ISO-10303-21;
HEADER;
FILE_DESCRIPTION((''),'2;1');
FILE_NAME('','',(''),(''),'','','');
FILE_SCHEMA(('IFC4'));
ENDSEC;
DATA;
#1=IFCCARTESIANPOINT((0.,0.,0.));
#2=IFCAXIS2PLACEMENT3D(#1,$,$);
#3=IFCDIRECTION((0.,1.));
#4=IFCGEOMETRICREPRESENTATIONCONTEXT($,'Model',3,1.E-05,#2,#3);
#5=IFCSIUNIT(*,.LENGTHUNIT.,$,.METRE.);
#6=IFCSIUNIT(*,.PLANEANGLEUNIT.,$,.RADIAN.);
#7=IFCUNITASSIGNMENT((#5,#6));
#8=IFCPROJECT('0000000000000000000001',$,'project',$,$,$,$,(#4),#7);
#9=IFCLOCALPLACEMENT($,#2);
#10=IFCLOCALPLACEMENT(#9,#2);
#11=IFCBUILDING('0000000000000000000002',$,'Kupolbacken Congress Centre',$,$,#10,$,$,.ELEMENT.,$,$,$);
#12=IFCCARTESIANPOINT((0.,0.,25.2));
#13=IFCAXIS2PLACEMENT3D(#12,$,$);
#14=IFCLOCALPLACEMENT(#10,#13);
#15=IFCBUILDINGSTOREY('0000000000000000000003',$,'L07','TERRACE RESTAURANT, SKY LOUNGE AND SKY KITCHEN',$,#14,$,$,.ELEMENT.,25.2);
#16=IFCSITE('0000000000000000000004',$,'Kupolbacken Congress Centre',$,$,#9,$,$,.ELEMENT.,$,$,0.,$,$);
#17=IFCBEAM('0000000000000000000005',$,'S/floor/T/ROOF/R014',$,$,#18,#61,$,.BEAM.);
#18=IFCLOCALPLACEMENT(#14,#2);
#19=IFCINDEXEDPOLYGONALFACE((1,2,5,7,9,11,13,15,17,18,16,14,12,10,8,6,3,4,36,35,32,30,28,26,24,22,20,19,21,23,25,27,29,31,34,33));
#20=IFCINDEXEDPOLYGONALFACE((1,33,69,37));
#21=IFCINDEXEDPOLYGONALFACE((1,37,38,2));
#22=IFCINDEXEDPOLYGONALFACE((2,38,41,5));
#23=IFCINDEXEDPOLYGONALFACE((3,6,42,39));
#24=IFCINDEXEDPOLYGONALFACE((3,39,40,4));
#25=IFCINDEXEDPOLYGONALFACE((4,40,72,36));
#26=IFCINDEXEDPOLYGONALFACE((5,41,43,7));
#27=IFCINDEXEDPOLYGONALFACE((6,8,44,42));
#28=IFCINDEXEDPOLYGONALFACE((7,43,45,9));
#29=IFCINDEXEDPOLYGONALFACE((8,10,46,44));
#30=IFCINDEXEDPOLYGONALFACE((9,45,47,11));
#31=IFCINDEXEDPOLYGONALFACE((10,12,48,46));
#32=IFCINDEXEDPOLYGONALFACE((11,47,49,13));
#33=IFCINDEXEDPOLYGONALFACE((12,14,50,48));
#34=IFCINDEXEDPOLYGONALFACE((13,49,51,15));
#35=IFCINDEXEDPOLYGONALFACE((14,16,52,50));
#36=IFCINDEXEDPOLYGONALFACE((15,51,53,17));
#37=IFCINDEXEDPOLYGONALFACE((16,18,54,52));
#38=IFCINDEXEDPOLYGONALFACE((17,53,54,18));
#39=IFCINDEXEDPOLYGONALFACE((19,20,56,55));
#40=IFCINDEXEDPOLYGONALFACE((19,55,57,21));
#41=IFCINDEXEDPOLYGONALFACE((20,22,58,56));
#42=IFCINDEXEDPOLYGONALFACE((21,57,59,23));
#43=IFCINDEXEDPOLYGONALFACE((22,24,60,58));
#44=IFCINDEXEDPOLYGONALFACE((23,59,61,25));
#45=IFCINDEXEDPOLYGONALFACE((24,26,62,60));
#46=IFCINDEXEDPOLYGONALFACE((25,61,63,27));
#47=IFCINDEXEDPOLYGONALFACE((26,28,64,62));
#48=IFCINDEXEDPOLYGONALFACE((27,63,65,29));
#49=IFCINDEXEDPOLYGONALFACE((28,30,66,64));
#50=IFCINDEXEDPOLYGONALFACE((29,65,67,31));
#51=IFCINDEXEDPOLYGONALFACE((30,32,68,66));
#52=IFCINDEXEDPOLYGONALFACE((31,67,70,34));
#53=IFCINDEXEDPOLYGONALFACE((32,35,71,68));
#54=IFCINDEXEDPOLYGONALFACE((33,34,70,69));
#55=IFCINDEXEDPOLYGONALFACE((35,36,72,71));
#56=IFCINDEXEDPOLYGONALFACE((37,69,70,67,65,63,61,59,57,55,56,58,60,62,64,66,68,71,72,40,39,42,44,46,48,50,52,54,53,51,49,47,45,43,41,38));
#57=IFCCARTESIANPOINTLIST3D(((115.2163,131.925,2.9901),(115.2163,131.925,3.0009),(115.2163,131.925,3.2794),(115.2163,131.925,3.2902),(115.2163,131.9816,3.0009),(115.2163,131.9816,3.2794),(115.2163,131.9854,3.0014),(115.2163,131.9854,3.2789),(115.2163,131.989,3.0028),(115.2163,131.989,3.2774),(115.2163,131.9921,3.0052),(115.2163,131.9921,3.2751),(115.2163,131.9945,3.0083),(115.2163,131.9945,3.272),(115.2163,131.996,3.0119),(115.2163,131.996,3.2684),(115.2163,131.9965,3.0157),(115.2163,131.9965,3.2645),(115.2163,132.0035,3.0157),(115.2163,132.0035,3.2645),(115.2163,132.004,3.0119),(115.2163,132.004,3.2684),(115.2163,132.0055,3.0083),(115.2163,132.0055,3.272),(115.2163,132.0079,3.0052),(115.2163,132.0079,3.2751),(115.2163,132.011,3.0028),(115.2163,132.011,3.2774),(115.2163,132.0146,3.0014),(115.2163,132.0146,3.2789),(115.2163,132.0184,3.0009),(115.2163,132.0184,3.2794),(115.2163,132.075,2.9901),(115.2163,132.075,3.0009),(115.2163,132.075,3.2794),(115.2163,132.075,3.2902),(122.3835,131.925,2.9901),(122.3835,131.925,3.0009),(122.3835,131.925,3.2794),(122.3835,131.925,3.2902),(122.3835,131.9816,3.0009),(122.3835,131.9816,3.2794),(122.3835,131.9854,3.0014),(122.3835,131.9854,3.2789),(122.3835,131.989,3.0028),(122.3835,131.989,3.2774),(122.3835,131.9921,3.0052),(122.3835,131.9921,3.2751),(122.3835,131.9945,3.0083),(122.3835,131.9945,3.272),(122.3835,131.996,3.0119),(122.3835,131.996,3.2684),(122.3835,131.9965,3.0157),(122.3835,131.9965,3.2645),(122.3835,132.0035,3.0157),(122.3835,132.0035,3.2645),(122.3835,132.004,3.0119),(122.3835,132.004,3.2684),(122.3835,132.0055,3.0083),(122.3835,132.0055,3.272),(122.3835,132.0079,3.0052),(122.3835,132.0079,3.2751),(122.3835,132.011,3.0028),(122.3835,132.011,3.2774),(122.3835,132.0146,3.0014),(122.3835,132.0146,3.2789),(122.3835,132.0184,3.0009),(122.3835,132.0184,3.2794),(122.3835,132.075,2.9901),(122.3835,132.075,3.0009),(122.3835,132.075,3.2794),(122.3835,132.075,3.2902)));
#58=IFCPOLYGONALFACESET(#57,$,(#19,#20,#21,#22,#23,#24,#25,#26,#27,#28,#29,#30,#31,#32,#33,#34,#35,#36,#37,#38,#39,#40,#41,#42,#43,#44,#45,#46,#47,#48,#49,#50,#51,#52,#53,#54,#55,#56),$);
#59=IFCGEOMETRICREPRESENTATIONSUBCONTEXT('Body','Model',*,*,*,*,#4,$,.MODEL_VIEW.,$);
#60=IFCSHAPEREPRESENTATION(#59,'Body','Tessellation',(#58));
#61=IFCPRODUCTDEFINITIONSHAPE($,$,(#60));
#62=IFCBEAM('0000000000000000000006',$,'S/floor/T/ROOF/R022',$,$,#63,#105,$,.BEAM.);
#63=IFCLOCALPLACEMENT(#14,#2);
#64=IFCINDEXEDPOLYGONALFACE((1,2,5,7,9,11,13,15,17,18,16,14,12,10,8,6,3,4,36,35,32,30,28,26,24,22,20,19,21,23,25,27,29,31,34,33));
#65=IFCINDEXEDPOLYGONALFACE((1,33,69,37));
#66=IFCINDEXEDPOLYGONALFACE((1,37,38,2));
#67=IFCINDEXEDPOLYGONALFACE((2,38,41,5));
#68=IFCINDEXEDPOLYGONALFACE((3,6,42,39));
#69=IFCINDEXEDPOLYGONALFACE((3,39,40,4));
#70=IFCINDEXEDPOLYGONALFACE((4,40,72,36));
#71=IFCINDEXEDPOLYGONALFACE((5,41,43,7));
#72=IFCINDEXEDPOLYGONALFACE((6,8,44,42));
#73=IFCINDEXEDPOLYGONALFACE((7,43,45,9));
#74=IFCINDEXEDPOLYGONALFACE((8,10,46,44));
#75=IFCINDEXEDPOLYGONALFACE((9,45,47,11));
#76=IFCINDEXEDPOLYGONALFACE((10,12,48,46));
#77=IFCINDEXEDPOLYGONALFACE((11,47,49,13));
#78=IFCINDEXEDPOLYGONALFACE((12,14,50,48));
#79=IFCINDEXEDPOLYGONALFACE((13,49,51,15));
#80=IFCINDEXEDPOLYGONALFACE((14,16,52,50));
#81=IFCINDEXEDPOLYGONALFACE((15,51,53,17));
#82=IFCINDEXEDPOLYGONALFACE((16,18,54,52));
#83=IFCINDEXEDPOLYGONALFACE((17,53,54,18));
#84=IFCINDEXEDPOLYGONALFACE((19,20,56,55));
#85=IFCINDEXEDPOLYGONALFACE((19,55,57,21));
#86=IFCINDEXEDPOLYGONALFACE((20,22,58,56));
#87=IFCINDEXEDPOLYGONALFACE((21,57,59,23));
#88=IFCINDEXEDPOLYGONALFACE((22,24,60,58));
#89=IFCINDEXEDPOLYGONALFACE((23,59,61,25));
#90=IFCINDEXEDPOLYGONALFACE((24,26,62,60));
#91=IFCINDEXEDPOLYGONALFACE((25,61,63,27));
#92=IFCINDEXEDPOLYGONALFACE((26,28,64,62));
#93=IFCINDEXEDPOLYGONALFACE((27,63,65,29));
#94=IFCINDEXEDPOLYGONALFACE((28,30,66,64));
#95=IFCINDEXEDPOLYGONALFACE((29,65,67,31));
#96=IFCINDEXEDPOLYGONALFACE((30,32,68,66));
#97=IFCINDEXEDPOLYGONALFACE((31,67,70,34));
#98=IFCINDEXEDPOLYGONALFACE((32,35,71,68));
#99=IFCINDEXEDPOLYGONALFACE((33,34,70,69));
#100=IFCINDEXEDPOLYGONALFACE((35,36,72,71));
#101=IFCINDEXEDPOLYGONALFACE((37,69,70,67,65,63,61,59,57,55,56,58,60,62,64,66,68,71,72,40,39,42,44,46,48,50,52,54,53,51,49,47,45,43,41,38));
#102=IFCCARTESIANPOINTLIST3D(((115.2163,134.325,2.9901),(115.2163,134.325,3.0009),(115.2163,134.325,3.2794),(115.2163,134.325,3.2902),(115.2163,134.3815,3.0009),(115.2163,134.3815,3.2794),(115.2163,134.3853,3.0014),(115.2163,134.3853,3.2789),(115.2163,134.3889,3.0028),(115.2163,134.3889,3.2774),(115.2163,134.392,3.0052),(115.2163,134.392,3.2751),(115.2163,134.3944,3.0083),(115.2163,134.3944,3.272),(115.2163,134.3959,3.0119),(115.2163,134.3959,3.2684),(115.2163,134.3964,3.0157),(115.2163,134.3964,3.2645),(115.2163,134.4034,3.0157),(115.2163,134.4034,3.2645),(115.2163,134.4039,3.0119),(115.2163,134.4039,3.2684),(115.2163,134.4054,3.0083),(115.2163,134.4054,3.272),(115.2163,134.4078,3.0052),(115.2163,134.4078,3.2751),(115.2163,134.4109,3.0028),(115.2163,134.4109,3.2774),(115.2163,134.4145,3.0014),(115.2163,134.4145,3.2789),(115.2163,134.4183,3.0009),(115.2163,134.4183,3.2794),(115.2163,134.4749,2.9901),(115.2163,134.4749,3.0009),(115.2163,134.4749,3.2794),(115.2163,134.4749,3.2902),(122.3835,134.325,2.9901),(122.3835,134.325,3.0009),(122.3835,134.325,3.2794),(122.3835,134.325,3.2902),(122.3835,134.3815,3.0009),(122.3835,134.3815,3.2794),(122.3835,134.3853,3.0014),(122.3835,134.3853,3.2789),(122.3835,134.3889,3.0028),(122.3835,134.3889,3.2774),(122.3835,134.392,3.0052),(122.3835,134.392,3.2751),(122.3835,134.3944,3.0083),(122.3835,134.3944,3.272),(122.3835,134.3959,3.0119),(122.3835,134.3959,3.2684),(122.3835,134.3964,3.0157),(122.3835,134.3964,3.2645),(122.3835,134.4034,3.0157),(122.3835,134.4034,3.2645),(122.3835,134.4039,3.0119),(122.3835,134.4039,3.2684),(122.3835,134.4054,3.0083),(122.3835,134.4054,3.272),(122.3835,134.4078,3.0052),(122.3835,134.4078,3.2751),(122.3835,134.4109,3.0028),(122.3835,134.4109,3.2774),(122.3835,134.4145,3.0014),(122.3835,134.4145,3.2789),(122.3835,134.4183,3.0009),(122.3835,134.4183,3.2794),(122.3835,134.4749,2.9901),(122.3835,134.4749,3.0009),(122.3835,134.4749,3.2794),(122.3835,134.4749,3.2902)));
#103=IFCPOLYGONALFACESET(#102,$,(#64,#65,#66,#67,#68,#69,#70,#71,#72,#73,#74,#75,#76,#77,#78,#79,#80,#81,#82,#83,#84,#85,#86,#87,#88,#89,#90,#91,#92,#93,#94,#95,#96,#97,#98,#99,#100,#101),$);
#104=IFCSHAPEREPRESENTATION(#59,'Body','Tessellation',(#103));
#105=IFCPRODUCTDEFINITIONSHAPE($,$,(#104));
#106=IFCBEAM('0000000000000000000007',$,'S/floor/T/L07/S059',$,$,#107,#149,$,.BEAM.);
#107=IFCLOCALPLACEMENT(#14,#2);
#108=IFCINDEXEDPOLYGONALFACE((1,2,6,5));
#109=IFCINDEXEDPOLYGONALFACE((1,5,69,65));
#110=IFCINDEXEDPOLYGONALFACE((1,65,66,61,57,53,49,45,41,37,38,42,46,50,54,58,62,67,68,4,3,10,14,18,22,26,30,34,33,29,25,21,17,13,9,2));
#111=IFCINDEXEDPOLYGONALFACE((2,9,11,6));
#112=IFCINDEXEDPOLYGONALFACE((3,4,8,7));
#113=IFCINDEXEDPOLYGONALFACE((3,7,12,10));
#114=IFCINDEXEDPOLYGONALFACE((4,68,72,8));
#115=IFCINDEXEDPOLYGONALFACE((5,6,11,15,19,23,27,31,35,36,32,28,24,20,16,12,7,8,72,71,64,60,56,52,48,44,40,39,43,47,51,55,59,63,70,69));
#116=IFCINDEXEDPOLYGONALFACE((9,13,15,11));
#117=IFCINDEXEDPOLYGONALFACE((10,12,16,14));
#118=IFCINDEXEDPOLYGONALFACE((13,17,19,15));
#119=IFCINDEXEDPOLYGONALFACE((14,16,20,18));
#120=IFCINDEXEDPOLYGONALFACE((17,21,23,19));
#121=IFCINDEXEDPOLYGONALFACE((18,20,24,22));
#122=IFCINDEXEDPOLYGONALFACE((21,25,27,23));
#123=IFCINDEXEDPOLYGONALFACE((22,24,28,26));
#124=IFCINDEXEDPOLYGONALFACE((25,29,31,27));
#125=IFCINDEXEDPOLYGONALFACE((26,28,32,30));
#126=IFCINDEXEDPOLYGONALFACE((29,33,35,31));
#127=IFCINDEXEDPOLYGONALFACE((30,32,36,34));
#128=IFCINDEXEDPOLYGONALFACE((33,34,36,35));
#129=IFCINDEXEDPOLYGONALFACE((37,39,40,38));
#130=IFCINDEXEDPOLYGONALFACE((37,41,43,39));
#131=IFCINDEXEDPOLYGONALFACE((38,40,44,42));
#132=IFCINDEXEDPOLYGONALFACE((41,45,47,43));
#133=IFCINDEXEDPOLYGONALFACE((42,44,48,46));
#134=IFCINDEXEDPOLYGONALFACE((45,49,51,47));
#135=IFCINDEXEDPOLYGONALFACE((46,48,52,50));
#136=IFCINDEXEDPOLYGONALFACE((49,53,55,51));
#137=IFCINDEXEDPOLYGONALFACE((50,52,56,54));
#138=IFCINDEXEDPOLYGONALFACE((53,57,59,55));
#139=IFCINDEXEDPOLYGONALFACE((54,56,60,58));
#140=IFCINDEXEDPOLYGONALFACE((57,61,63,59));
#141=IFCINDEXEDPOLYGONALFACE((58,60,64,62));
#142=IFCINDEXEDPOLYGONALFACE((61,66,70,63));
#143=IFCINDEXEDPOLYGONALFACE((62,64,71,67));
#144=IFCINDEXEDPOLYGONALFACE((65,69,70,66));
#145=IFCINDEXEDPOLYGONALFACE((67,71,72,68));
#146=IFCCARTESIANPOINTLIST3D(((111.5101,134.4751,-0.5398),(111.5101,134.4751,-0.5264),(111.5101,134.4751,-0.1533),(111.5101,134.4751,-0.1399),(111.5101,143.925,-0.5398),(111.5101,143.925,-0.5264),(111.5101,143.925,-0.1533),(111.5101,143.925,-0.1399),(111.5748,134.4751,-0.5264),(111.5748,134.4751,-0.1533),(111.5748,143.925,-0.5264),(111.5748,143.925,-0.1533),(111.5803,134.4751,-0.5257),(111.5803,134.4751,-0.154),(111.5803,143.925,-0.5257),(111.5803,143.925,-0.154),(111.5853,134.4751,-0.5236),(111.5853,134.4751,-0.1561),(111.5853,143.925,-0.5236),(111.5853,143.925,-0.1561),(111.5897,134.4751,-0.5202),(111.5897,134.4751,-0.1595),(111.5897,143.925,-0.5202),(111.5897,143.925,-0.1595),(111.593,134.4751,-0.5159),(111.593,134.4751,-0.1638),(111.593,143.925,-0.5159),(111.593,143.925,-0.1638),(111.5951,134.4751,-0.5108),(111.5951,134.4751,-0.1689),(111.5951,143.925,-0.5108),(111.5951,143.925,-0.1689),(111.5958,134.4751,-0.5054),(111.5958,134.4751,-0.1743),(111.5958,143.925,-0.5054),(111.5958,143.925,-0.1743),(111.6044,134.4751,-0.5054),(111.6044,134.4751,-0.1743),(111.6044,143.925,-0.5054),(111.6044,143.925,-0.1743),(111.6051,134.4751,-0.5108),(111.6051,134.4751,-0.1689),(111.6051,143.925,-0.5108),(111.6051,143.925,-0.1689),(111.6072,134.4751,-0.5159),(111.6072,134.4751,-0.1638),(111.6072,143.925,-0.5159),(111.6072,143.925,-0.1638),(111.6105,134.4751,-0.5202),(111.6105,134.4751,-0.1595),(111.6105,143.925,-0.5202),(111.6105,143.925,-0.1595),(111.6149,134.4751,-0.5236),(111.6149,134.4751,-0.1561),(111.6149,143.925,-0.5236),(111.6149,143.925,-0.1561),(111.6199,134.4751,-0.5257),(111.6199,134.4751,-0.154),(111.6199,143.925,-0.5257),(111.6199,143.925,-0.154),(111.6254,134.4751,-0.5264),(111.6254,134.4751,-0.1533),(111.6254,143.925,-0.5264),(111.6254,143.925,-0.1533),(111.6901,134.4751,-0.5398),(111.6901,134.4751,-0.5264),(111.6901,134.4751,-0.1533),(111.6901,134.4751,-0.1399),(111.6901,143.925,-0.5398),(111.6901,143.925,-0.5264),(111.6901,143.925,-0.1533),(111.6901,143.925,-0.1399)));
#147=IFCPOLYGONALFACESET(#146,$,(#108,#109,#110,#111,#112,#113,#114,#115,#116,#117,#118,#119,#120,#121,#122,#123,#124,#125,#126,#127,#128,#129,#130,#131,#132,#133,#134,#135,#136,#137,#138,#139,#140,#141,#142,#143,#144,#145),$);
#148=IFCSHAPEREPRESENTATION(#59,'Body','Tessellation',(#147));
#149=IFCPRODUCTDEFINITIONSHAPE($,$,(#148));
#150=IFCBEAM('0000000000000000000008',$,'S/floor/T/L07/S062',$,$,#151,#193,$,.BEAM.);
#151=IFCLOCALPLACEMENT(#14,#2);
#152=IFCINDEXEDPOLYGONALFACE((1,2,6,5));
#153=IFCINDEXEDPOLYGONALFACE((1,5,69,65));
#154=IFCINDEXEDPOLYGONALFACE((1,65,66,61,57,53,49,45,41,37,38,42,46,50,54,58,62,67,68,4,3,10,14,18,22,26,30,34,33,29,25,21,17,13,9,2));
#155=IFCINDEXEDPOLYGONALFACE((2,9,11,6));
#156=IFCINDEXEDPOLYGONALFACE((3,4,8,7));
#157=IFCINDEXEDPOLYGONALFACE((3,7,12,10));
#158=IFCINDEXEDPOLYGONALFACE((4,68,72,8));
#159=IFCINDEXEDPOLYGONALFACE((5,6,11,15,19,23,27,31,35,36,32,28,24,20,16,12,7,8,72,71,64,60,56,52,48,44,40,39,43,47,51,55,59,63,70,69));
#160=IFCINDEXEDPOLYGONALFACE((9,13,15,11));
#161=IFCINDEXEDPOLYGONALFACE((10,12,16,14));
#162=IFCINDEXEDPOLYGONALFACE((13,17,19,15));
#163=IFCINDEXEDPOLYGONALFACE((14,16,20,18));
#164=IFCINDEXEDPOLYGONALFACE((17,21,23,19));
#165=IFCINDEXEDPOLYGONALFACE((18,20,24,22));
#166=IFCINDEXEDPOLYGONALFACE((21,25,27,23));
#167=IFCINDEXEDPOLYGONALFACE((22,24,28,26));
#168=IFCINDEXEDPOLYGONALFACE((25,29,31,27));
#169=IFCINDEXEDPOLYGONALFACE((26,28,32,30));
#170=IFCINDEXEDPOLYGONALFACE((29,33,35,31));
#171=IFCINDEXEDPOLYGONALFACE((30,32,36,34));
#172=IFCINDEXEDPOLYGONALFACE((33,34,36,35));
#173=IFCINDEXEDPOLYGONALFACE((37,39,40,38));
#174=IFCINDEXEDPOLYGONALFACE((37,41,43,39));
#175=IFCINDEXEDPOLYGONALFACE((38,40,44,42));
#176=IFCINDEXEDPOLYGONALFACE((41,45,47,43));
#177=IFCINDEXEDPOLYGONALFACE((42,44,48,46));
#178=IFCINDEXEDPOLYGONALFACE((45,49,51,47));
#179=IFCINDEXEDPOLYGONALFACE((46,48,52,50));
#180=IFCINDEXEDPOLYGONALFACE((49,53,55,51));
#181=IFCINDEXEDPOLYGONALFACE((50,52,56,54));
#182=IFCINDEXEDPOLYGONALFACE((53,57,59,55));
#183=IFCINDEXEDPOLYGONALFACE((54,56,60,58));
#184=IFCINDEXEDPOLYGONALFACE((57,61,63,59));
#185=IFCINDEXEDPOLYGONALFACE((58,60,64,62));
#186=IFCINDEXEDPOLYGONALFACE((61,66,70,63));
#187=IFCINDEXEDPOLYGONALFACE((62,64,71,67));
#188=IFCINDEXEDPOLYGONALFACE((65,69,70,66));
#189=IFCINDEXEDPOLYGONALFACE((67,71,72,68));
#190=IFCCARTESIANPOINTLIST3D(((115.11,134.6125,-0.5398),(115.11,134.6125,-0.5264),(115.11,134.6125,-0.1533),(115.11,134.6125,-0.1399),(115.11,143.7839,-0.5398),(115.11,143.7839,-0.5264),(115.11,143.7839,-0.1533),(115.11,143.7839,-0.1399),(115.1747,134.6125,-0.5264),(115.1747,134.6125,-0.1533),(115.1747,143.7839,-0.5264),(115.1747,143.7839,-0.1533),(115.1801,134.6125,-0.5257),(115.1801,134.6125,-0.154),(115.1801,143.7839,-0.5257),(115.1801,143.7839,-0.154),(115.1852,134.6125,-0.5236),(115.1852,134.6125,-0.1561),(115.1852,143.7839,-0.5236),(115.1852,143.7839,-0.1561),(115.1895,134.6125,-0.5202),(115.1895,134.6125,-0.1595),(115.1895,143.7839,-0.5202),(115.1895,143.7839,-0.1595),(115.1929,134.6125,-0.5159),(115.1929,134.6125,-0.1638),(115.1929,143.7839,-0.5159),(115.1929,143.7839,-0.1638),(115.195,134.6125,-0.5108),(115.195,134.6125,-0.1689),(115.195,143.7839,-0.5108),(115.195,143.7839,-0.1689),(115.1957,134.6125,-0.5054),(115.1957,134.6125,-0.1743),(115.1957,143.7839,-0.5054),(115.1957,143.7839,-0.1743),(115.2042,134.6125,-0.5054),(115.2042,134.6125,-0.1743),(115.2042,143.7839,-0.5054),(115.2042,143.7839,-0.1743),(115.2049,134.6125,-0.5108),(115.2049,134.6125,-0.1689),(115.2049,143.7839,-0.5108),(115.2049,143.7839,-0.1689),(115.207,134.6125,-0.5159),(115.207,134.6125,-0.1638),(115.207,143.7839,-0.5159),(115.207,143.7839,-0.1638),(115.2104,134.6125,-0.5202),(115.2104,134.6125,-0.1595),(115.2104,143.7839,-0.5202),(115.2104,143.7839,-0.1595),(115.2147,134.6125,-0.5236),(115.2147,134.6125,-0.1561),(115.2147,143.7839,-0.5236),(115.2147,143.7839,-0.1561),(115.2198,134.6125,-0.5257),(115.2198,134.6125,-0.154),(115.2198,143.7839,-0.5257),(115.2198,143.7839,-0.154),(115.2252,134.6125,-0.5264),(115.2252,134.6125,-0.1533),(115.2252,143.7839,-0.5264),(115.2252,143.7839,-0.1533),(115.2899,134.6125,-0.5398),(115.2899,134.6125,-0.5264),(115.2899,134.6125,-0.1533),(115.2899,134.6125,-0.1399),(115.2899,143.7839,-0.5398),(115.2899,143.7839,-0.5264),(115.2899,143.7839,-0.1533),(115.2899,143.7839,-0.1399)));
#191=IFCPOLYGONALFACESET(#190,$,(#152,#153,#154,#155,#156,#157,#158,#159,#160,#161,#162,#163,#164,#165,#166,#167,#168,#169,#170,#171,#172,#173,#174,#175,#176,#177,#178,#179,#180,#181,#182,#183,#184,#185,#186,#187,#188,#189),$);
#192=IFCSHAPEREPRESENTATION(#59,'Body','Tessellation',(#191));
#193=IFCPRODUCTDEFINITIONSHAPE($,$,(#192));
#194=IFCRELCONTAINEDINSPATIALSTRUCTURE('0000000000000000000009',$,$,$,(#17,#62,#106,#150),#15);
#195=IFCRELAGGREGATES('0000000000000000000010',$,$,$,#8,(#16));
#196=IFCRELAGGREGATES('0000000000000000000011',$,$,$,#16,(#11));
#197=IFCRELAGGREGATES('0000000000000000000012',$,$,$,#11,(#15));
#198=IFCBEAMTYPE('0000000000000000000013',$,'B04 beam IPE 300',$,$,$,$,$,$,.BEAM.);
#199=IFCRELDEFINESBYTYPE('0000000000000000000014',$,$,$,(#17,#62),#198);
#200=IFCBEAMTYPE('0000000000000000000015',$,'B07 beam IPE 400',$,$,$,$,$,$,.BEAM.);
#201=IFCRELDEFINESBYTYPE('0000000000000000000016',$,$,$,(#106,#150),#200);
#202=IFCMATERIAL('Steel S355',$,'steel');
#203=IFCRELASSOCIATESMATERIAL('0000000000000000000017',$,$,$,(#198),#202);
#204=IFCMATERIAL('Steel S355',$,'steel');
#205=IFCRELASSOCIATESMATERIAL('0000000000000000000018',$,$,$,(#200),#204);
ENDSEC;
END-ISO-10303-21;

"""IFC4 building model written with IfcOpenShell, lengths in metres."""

from ifc_helpers import new_model, si_unit, direction, frame, origin, origin_2d, place, context, subcontext, project, spatial, i_section, extrude, material, material_profile, profile_set, type_object, element, save


model = new_model("IFC4")

# Units and contexts
model_context = context("Model", 3, precision=1e-05, world=origin(), true_north=direction((0.0, 1.0)))
body_context = subcontext(model_context, "Body", "Model", "MODEL_VIEW")
ifc_project = project(units=[si_unit("LENGTHUNIT", "METRE"), si_unit("PLANEANGLEUNIT", "RADIAN")], contexts=[model_context])

# Site, building, storey
site_placement = place(None, origin())
site = spatial("IfcSite", under=ifc_project, at=site_placement, Name="Kupolbacken Congress Centre", CompositionType="ELEMENT", RefElevation=0.0)
building_placement = place(site_placement, origin())
building = spatial("IfcBuilding", under=site, at=building_placement, Name="Kupolbacken Congress Centre", CompositionType="ELEMENT")
storey_placement = place(building_placement, frame((0.0, 0.0, 25.2)))
storey = spatial("IfcBuildingStorey", under=building, at=storey_placement, Name="L07", Description="TERRACE RESTAURANT, SKY LOUNGE AND SKY KITCHEN", CompositionType="ELEMENT", Elevation=25.2)

# Beams
ifc_material_1 = material(Name="Steel S355", Category="steel")
ifc_material_profile_1 = material_profile(ifc_material_1, i_section(OverallWidth=0.1499, OverallDepth=0.3, WebThickness=0.0071, FlangeThickness=0.0107, FilletRadius=0.0149, at=origin_2d()), Name="IPE 300")
ifc_profile_set_1 = profile_set([ifc_material_profile_1], Name="Steel S355")
beam_type_1 = type_object("IfcBeamType", Name="B04 beam IPE 300", PredefinedType="BEAM", material=ifc_profile_set_1)
for number, where, z_axis, x_axis, name in (
    (1, (115.2163, 132.0, 3.1401), (1.0, 0.0, 0.0), (0.0, 1.0, 0.0), "S/floor/T/ROOF/R014"),
    (2, (115.2163, 134.3999, 3.1401), (1.0, 0.0, 0.0), (0.0, 1.0, 0.0), "S/floor/T/ROOF/R022"),
):
    element("IfcBeam", number, at=place(storey_placement, frame(where, z_axis=z_axis, x_axis=x_axis)), inside=storey, type_object=beam_type_1, Name=name, PredefinedType="BEAM", context=body_context, shape_type="SweptSolid", body=[
        extrude(i_section(OverallWidth=0.1499, OverallDepth=0.3, WebThickness=0.0071, FlangeThickness=0.0107, FilletRadius=0.0149, at=origin_2d()), origin(), (0.0, 0.0, 1.0), 7.1672),
    ])
ifc_material_2 = material(Name="Steel S355", Category="steel")
ifc_material_profile_2 = material_profile(ifc_material_2, i_section(OverallWidth=0.1799, OverallDepth=0.3999, WebThickness=0.0085, FlangeThickness=0.0134, FilletRadius=0.021, at=origin_2d()), Name="IPE 400")
ifc_profile_set_2 = profile_set([ifc_material_profile_2], Name="Steel S355")
beam_type_2 = type_object("IfcBeamType", Name="B07 beam IPE 400", PredefinedType="BEAM", material=ifc_profile_set_2)
beam_1_placement = place(storey_placement, frame((111.6001, 134.4751, -0.3398), z_axis=(0.0, 1.0, 0.0), x_axis=(-1.0, 0.0, 0.0)))
element("IfcBeam", 3, at=beam_1_placement, inside=storey, type_object=beam_type_2, Name="S/floor/T/L07/S059", PredefinedType="BEAM", context=body_context, shape_type="SweptSolid", body=[
    extrude(i_section(OverallWidth=0.1799, OverallDepth=0.3999, WebThickness=0.0085, FlangeThickness=0.0134, FilletRadius=0.021, at=origin_2d()), origin(), (0.0, 0.0, 1.0), 9.45),
])
beam_2_placement = place(storey_placement, frame((115.2, 134.6125, -0.3398), z_axis=(0.0, 1.0, 0.0), x_axis=(-1.0, 0.0, 0.0)))
element("IfcBeam", 4, at=beam_2_placement, inside=storey, type_object=beam_type_2, Name="S/floor/T/L07/S062", PredefinedType="BEAM", context=body_context, shape_type="SweptSolid", body=[
    extrude(i_section(OverallWidth=0.1799, OverallDepth=0.3999, WebThickness=0.0085, FlangeThickness=0.0134, FilletRadius=0.021, at=origin_2d()), origin(), (0.0, 0.0, 1.0), 9.1714),
])

save(model, "model.ifc")
